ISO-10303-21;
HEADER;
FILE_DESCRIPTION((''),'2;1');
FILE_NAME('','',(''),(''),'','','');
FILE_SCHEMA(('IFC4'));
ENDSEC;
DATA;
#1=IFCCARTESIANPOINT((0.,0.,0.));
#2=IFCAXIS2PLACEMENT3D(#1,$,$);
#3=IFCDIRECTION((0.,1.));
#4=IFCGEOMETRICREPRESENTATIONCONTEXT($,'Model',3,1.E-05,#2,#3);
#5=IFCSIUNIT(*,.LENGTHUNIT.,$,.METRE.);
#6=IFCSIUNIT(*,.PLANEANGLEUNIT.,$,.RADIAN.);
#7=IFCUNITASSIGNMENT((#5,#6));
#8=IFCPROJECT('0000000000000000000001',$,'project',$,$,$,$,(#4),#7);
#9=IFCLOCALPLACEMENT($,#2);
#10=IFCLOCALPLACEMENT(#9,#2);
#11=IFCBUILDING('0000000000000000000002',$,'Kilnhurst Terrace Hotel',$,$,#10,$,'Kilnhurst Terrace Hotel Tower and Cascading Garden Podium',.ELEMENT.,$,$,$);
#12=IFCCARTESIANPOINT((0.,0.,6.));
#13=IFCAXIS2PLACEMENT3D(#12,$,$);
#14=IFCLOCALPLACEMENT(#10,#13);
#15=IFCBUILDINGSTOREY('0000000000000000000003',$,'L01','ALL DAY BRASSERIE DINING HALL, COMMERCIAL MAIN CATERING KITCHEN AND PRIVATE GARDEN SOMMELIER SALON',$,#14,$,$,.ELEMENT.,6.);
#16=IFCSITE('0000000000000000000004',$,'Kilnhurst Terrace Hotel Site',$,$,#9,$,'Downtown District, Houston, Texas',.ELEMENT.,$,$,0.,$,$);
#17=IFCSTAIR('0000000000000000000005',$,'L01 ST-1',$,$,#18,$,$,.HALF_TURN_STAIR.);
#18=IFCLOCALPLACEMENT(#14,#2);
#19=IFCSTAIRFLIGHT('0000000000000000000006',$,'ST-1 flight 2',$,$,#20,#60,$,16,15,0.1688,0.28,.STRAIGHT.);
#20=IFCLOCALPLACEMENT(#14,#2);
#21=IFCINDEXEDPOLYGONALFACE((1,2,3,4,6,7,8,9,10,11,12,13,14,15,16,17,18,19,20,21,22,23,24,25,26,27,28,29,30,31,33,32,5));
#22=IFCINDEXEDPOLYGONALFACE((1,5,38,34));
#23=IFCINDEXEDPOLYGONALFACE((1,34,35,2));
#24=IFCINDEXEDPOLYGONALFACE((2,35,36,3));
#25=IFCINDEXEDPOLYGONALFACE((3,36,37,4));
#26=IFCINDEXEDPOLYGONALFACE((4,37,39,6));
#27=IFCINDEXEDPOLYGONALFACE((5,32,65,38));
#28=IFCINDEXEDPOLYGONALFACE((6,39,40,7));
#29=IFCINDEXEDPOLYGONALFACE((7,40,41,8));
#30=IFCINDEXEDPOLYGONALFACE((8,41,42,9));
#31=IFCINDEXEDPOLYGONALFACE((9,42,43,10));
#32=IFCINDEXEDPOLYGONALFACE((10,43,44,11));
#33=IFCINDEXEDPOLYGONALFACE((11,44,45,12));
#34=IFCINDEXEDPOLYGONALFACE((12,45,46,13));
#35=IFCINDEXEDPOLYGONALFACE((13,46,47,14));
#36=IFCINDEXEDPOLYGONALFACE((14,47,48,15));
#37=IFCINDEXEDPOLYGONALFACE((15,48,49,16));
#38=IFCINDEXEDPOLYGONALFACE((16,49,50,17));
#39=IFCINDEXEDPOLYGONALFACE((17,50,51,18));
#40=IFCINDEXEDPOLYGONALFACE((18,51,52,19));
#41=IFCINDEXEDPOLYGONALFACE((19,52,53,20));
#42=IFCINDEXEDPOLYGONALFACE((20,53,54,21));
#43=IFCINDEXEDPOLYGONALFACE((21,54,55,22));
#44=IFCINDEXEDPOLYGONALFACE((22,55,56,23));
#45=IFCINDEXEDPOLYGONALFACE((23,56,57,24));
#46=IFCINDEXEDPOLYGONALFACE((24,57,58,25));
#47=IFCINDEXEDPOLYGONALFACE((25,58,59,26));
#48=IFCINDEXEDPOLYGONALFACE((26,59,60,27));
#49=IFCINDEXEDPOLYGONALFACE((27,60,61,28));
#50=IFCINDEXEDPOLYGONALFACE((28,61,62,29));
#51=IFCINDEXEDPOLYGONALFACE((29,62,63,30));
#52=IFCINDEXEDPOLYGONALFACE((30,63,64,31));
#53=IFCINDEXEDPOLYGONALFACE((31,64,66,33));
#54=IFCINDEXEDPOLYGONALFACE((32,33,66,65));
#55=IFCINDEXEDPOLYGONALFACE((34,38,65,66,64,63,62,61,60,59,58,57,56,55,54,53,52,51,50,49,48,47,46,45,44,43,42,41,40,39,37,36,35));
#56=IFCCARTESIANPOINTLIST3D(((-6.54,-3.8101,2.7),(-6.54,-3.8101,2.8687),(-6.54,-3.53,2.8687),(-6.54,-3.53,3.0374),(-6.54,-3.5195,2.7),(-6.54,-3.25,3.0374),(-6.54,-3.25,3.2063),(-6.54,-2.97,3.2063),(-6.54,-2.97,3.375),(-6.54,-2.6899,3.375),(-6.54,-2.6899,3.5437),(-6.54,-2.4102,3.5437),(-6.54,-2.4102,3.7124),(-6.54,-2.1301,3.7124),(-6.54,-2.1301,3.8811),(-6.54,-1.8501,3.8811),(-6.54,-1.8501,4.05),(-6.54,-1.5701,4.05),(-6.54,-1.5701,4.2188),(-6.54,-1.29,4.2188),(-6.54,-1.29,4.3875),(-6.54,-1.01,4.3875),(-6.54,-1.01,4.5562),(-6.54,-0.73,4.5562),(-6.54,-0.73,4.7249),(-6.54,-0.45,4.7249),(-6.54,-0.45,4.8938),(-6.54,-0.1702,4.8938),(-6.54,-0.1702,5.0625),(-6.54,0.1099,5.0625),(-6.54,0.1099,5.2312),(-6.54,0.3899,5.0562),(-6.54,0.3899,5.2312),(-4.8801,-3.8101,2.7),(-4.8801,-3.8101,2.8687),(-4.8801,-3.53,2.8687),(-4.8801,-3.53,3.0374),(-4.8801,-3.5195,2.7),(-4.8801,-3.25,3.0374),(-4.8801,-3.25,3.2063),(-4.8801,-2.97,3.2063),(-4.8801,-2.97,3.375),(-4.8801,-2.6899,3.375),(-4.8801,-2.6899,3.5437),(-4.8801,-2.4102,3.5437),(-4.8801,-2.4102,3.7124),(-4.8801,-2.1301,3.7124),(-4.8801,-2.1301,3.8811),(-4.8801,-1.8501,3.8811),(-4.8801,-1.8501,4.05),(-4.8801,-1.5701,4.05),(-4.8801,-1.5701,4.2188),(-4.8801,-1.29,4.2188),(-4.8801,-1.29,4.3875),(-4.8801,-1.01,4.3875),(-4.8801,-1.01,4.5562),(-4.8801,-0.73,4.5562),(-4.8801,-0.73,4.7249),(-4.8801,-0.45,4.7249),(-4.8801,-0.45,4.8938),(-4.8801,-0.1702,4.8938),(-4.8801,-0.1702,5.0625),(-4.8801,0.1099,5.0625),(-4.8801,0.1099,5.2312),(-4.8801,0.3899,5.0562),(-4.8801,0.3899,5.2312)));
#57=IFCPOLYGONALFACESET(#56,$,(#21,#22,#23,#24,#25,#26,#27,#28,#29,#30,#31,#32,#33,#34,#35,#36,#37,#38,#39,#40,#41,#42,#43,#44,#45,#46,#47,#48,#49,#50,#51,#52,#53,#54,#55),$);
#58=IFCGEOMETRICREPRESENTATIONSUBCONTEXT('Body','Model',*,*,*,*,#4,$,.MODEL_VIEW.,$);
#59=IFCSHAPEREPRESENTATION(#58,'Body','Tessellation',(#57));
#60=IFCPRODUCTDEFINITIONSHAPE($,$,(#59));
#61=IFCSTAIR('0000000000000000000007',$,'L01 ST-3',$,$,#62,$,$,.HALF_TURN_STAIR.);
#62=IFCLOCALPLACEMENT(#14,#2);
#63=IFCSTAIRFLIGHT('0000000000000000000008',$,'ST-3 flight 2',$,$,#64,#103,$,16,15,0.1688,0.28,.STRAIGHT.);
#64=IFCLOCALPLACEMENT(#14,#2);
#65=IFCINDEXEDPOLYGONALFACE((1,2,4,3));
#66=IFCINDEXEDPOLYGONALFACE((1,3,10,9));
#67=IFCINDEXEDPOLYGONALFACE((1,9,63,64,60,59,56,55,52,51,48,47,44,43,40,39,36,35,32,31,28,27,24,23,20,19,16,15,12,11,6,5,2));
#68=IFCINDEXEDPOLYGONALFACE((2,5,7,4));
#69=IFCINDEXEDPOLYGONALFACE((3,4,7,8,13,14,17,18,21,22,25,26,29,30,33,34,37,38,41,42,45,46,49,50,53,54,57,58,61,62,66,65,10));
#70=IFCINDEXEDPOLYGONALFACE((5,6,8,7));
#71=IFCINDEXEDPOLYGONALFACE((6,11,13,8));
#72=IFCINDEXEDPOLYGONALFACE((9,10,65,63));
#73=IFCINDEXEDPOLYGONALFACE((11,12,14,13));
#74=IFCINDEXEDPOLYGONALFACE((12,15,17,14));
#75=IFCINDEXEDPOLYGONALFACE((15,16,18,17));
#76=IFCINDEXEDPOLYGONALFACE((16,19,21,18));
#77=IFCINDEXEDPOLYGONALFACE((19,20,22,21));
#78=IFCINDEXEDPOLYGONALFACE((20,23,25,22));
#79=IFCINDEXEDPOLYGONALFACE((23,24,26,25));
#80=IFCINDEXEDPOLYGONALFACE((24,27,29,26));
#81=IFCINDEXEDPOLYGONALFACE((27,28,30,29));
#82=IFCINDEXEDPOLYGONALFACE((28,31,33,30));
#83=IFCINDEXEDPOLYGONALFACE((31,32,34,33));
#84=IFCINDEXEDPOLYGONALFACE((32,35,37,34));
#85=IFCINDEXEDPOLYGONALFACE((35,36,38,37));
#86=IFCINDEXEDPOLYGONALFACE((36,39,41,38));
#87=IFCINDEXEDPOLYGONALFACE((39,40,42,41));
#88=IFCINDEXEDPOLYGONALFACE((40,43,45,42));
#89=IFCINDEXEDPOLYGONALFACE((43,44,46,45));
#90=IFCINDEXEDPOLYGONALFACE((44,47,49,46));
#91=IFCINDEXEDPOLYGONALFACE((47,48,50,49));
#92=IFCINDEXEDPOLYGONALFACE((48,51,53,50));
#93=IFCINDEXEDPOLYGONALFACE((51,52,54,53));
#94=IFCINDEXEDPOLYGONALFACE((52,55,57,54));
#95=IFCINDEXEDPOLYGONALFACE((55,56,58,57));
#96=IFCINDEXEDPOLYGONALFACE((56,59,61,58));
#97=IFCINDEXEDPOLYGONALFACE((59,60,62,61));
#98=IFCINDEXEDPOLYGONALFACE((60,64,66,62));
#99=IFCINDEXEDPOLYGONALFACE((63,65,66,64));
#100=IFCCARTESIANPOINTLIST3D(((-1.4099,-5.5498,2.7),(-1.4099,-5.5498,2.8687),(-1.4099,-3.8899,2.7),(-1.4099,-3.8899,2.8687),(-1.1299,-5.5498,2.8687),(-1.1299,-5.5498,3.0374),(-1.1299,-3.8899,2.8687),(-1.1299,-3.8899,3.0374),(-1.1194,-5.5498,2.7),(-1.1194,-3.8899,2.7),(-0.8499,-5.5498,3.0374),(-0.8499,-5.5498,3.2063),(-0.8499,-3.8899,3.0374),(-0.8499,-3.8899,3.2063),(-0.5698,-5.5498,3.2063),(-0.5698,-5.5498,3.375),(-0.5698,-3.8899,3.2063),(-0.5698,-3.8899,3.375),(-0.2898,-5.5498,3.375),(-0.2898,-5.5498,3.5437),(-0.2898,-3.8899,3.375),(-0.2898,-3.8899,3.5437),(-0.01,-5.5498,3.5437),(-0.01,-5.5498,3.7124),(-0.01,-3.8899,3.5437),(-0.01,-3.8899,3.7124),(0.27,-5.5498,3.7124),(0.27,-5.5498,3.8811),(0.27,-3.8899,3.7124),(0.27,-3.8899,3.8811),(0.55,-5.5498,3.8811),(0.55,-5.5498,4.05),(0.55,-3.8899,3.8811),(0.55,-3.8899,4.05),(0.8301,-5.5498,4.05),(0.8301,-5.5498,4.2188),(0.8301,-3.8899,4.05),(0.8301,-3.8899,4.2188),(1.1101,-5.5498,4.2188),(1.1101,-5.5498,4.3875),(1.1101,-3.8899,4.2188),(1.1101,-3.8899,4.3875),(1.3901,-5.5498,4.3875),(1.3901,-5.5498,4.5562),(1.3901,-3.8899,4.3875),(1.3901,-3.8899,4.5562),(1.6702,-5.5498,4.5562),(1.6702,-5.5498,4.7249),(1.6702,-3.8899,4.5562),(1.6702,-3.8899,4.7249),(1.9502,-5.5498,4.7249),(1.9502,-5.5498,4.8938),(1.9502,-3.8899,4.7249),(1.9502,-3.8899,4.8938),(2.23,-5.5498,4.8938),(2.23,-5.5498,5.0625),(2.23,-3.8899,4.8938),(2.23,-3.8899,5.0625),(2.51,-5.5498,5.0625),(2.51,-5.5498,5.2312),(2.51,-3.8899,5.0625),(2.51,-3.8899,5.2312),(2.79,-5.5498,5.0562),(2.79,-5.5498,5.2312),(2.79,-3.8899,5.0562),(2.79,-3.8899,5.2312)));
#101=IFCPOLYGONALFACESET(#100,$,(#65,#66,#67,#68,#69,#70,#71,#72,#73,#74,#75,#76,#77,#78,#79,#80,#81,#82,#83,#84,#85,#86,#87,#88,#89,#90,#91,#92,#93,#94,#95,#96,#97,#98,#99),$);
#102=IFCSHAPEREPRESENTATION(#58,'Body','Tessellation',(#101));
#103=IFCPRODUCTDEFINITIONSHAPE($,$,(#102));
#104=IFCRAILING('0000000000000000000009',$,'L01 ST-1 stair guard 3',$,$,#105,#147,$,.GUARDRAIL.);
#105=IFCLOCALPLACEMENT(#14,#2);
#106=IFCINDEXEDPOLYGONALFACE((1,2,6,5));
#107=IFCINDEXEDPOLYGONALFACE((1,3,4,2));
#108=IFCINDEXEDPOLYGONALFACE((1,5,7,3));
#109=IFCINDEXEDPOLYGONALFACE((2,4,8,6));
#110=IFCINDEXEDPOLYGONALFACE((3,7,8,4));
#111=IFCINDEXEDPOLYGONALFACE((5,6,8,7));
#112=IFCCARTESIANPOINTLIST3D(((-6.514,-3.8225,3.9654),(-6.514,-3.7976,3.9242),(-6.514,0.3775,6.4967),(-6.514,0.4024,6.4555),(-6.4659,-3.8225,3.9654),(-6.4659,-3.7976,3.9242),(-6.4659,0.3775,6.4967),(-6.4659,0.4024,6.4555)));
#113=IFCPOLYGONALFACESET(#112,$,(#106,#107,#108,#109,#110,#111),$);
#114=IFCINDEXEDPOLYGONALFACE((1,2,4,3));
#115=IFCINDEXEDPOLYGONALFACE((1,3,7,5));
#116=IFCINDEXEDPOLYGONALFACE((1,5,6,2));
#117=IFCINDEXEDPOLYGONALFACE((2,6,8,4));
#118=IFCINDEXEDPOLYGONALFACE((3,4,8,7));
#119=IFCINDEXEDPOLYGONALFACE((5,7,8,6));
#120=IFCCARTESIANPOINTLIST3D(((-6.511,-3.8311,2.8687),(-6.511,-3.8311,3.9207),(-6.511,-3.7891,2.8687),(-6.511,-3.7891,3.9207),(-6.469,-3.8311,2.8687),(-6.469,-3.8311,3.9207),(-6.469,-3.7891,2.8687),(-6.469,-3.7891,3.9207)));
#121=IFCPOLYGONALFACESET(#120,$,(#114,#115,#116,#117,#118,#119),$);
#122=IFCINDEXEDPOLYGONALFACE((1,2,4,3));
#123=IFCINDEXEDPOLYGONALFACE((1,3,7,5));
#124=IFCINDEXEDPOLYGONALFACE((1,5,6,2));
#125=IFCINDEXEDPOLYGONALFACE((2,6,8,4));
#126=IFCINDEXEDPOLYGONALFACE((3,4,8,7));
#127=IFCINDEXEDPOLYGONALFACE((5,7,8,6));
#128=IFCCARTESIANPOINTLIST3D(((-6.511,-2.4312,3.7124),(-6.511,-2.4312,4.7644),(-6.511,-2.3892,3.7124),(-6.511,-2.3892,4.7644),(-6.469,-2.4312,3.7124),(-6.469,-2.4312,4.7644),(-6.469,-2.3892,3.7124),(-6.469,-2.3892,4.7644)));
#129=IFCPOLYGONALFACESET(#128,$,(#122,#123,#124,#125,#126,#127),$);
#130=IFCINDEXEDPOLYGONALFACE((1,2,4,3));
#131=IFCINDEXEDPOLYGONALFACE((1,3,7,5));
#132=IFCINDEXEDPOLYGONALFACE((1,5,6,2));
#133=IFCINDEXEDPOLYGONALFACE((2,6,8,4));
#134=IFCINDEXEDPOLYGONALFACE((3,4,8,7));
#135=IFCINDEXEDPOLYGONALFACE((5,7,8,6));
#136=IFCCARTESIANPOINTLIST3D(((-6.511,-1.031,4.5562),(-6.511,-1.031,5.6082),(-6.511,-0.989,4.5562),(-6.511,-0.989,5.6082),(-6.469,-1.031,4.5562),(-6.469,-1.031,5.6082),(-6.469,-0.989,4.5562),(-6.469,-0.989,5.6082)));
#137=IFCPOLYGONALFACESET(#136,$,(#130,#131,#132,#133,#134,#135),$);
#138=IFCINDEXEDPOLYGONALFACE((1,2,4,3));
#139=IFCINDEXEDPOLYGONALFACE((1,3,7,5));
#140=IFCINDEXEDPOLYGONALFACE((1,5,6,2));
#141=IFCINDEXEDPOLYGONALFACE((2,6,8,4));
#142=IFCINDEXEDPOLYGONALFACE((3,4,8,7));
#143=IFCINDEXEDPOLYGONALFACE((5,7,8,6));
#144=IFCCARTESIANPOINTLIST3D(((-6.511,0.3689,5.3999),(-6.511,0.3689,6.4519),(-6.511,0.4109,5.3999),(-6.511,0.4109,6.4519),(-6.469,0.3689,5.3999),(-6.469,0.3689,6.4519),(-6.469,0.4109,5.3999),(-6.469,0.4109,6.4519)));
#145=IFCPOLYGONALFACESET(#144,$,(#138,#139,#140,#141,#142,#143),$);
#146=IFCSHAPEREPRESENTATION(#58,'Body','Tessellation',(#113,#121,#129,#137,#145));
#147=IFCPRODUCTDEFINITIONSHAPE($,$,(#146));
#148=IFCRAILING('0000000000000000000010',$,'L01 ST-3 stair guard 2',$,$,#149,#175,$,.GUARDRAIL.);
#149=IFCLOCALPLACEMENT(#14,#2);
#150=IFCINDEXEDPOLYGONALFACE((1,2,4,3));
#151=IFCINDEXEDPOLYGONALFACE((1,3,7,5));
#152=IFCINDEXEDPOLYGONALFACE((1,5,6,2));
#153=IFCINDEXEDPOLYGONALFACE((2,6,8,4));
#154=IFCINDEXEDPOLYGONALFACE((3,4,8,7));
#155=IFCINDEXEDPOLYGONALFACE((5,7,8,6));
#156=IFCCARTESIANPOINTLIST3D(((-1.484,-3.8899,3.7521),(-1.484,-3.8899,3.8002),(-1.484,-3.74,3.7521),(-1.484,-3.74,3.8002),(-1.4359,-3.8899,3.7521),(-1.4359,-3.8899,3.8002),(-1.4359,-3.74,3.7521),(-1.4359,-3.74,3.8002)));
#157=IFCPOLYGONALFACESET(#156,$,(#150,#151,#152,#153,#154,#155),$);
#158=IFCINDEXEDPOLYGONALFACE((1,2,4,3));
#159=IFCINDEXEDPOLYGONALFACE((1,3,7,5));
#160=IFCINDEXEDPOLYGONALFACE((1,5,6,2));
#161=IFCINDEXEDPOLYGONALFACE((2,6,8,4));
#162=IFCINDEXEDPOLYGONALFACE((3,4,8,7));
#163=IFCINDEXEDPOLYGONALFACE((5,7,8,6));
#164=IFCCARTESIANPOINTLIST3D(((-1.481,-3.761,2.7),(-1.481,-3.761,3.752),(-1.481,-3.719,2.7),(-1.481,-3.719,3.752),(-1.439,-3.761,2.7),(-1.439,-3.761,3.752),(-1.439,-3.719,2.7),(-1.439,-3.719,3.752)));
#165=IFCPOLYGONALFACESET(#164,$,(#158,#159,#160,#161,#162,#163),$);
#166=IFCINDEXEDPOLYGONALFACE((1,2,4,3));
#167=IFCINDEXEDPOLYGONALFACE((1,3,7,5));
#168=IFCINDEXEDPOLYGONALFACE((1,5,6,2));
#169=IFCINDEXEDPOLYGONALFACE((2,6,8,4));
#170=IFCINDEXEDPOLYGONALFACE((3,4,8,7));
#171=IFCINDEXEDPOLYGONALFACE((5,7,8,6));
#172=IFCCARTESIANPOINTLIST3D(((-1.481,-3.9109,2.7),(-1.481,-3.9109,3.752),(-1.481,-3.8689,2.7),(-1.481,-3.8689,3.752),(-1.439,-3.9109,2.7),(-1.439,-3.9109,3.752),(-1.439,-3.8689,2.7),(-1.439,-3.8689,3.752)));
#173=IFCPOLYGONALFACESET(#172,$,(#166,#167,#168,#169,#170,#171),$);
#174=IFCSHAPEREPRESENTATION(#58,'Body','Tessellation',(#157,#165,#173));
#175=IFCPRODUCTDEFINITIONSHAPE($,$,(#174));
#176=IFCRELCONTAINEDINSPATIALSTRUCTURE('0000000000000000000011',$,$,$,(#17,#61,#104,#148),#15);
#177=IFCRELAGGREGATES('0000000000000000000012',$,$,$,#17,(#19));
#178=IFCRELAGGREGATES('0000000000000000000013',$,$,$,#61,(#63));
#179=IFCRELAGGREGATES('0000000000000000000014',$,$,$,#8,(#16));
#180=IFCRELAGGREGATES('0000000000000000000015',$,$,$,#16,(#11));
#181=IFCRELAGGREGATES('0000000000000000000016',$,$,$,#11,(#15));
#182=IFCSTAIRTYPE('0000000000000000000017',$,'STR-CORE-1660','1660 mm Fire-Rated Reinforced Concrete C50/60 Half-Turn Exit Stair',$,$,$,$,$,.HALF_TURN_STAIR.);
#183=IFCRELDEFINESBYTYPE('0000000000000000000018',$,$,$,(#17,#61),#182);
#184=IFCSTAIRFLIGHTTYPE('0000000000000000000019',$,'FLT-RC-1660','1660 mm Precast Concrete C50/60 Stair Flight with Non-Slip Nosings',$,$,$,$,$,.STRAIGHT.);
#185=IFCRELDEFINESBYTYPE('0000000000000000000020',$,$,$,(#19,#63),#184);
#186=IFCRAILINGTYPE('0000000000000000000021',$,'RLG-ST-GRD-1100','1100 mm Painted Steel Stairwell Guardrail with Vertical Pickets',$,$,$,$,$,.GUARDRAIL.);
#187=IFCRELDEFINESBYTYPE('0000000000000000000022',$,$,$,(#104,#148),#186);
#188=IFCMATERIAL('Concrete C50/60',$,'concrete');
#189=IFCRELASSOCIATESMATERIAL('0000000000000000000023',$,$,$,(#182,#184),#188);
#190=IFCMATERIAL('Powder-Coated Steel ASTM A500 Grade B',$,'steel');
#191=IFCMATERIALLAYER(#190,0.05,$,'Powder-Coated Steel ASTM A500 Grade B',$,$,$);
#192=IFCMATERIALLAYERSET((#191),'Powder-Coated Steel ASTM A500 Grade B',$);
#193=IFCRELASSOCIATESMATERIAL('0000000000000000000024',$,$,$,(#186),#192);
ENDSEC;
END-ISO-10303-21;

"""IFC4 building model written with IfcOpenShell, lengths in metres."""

from ifc_helpers import new_model, si_unit, direction, frame, origin, origin_2d, place, context, subcontext, project, spatial, polyline, rectangle, outline, extrude, material, layer, layer_set, type_object, element, aggregate, save


model = new_model("IFC4")

# Units and contexts
model_context = context("Model", 3, precision=1e-05, world=origin(), true_north=direction((0.0, 1.0)))
body_context = subcontext(model_context, "Body", "Model", "MODEL_VIEW")
ifc_project = project(units=[si_unit("LENGTHUNIT", "METRE"), si_unit("PLANEANGLEUNIT", "RADIAN")], contexts=[model_context])

# Site, building, storey
site_placement = place(None, origin())
site = spatial("IfcSite", under=ifc_project, at=site_placement, Name="Kilnhurst Terrace Hotel Site", LongName="Downtown District, Houston, Texas", CompositionType="ELEMENT", RefElevation=0.0)
building_placement = place(site_placement, origin())
building = spatial("IfcBuilding", under=site, at=building_placement, Name="Kilnhurst Terrace Hotel", LongName="Kilnhurst Terrace Hotel Tower and Cascading Garden Podium", CompositionType="ELEMENT")
storey_placement = place(building_placement, frame((0.0, 0.0, 6.0)))
storey = spatial("IfcBuildingStorey", under=building, at=storey_placement, Name="L01", Description="ALL DAY BRASSERIE DINING HALL, COMMERCIAL MAIN CATERING KITCHEN AND PRIVATE GARDEN SOMMELIER SALON", CompositionType="ELEMENT", Elevation=6.0)

# Shared definitions
ifc_material_1 = material(Name="Concrete C50/60", Category="concrete")

# Stairs, stair flights
stair_type = type_object("IfcStairType", Name="STR-CORE-1660", Description="1660 mm Fire-Rated Reinforced Concrete C50/60 Half-Turn Exit Stair", PredefinedType="HALF_TURN_STAIR", material=ifc_material_1)
stair_1_placement = place(storey_placement, origin())
stair_1 = element("IfcStair", 1, at=stair_1_placement, inside=storey, type_object=stair_type, Name="L01 ST-1", PredefinedType="HALF_TURN_STAIR")
stair_flight_type = type_object("IfcStairFlightType", Name="FLT-RC-1660", Description="1660 mm Precast Concrete C50/60 Stair Flight with Non-Slip Nosings", PredefinedType="STRAIGHT", material=ifc_material_1)
stair_flight_1_placement = place(storey_placement, frame((-5.71, -3.8101, 2.7), z_axis=(0.0, 0.0, 1.0), x_axis=(0.0, 1.0, 0.0)))
stair_flight_1 = element("IfcStairFlight", 2, at=stair_flight_1_placement, type_object=stair_flight_type, Name="ST-1 flight 2", NumberOfRisers=16, NumberOfTreads=15, PredefinedType="STRAIGHT", RiserHeight=0.1688, TreadLength=0.28, context=body_context, shape_type="SweptSolid", body=[
    extrude(outline(polyline([(0.0, 0.0), (0.0, 0.1687), (0.28, 0.1687), (0.28, 0.3374), (0.5601, 0.3374), (0.5601, 0.5063), (0.8401, 0.5063), (0.8401, 0.675), (1.1201, 0.675), (1.1201, 0.8438), (1.3999, 0.8438), (1.3999, 1.0125), (1.6799, 1.0125), (1.6799, 1.1812), (1.96, 1.1812), (1.96, 1.3501), (2.24, 1.3501), (2.24, 1.5188), (2.52, 1.5188), (2.52, 1.6875), (2.8, 1.6875), (2.8, 1.8562), (3.0801, 1.8562), (3.0801, 2.0249), (3.3601, 2.0249), (3.3601, 2.1938), (3.6399, 2.1938), (3.6399, 2.3625), (3.9199, 2.3625), (3.9199, 2.5312), (4.2, 2.5312), (4.2, 2.7), (4.2, 2.3562), (0.2905, 0.0), (0.0, 0.0)])), frame((0.0, 0.8301, 0.0), z_axis=(0.0, -1.0, 0.0), x_axis=(1.0, 0.0, 0.0)), (0.0, 0.0, 1.0), 1.6599),
])
aggregate(stair_1, [stair_flight_1])
stair_2_placement = place(storey_placement, origin())
stair_2 = element("IfcStair", 3, at=stair_2_placement, inside=storey, type_object=stair_type, Name="L01 ST-3", PredefinedType="HALF_TURN_STAIR")
stair_flight_2_placement = place(storey_placement, frame((-1.4099, -4.72, 2.7), z_axis=(0.0, 0.0, 1.0), x_axis=(1.0, 0.0, 0.0)))
stair_flight_2 = element("IfcStairFlight", 4, at=stair_flight_2_placement, type_object=stair_flight_type, Name="ST-3 flight 2", NumberOfRisers=16, NumberOfTreads=15, PredefinedType="STRAIGHT", RiserHeight=0.1688, TreadLength=0.28, context=body_context, shape_type="SweptSolid", body=[
    extrude(outline(polyline([(0.0, 0.0), (0.0, 0.1687), (0.28, 0.1687), (0.28, 0.3374), (0.5601, 0.3374), (0.5601, 0.5063), (0.8401, 0.5063), (0.8401, 0.675), (1.1201, 0.675), (1.1201, 0.8438), (1.3999, 0.8438), (1.3999, 1.0125), (1.6799, 1.0125), (1.6799, 1.1812), (1.96, 1.1812), (1.96, 1.3501), (2.24, 1.3501), (2.24, 1.5188), (2.52, 1.5188), (2.52, 1.6875), (2.8, 1.6875), (2.8, 1.8562), (3.0801, 1.8562), (3.0801, 2.0249), (3.3601, 2.0249), (3.3601, 2.1938), (3.6399, 2.1938), (3.6399, 2.3625), (3.9199, 2.3625), (3.9199, 2.5312), (4.2, 2.5312), (4.2, 2.7), (4.2, 2.3562), (0.2905, 0.0), (0.0, 0.0)])), frame((0.0, 0.8301, 0.0), z_axis=(0.0, -1.0, 0.0), x_axis=(1.0, 0.0, 0.0)), (0.0, 0.0, 1.0), 1.6599),
])
aggregate(stair_2, [stair_flight_2])

# Railings
ifc_material_2 = material(Name="Powder-Coated Steel ASTM A500 Grade B", Category="steel")
ifc_layer_1 = layer(ifc_material_2, 0.05, Name="Powder-Coated Steel ASTM A500 Grade B")
ifc_layer_set_1 = layer_set([ifc_layer_1], Name="Powder-Coated Steel ASTM A500 Grade B")
railing_type_1 = type_object("IfcRailingType", Name="RLG-ST-GRD-1100", Description="1100 mm Painted Steel Stairwell Guardrail with Vertical Pickets", PredefinedType="GUARDRAIL", material=ifc_layer_set_1)
railing_1_placement = place(storey_placement, frame((-6.49, -3.8101, 2.8687)))
element("IfcRailing", 5, at=railing_1_placement, inside=storey, type_object=railing_type_1, Name="L01 ST-1 stair guard 3", PredefinedType="GUARDRAIL", context=body_context, shape_type="SweptSolid", body=[
    extrude(rectangle(XDim=0.0481, YDim=0.0481, at=origin_2d()), frame((0.0, 0.0, 1.0762), z_axis=(0.0, 0.856476, 0.516186), x_axis=(-1.0, 0.0, 0.0)), (0.0, 0.0, 1.0), 4.9038),
    extrude(rectangle(XDim=0.042, YDim=0.042, at=origin_2d()), origin(), (0.0, 0.0, 1.0), 1.052),
    extrude(rectangle(XDim=0.042, YDim=0.042, at=origin_2d()), frame((0.0, 1.3999, 0.8438)), (0.0, 0.0, 1.0), 1.052),
    extrude(rectangle(XDim=0.042, YDim=0.042, at=origin_2d()), frame((0.0, 2.8, 1.6875)), (0.0, 0.0, 1.0), 1.052),
    extrude(rectangle(XDim=0.042, YDim=0.042, at=origin_2d()), frame((0.0, 4.2, 2.5312)), (0.0, 0.0, 1.0), 1.052),
])
railing_2_placement = place(storey_placement, frame((-1.46, -3.74, 2.7)))
element("IfcRailing", 6, at=railing_2_placement, inside=storey, type_object=railing_type_1, Name="L01 ST-3 stair guard 2", PredefinedType="GUARDRAIL", context=body_context, shape_type="SweptSolid", body=[
    extrude(rectangle(XDim=0.0481, YDim=0.0481, at=origin_2d()), frame((0.0, 0.0, 1.0762), z_axis=(0.0, -1.0, 0.0), x_axis=(1.0, 0.0, 0.0)), (0.0, 0.0, 1.0), 0.1499),
    extrude(rectangle(XDim=0.042, YDim=0.042, at=origin_2d()), origin(), (0.0, 0.0, 1.0), 1.052),
    extrude(rectangle(XDim=0.042, YDim=0.042, at=origin_2d()), frame((0.0, -0.1499, 0.0)), (0.0, 0.0, 1.0), 1.052),
])

save(model, "model.ifc")
